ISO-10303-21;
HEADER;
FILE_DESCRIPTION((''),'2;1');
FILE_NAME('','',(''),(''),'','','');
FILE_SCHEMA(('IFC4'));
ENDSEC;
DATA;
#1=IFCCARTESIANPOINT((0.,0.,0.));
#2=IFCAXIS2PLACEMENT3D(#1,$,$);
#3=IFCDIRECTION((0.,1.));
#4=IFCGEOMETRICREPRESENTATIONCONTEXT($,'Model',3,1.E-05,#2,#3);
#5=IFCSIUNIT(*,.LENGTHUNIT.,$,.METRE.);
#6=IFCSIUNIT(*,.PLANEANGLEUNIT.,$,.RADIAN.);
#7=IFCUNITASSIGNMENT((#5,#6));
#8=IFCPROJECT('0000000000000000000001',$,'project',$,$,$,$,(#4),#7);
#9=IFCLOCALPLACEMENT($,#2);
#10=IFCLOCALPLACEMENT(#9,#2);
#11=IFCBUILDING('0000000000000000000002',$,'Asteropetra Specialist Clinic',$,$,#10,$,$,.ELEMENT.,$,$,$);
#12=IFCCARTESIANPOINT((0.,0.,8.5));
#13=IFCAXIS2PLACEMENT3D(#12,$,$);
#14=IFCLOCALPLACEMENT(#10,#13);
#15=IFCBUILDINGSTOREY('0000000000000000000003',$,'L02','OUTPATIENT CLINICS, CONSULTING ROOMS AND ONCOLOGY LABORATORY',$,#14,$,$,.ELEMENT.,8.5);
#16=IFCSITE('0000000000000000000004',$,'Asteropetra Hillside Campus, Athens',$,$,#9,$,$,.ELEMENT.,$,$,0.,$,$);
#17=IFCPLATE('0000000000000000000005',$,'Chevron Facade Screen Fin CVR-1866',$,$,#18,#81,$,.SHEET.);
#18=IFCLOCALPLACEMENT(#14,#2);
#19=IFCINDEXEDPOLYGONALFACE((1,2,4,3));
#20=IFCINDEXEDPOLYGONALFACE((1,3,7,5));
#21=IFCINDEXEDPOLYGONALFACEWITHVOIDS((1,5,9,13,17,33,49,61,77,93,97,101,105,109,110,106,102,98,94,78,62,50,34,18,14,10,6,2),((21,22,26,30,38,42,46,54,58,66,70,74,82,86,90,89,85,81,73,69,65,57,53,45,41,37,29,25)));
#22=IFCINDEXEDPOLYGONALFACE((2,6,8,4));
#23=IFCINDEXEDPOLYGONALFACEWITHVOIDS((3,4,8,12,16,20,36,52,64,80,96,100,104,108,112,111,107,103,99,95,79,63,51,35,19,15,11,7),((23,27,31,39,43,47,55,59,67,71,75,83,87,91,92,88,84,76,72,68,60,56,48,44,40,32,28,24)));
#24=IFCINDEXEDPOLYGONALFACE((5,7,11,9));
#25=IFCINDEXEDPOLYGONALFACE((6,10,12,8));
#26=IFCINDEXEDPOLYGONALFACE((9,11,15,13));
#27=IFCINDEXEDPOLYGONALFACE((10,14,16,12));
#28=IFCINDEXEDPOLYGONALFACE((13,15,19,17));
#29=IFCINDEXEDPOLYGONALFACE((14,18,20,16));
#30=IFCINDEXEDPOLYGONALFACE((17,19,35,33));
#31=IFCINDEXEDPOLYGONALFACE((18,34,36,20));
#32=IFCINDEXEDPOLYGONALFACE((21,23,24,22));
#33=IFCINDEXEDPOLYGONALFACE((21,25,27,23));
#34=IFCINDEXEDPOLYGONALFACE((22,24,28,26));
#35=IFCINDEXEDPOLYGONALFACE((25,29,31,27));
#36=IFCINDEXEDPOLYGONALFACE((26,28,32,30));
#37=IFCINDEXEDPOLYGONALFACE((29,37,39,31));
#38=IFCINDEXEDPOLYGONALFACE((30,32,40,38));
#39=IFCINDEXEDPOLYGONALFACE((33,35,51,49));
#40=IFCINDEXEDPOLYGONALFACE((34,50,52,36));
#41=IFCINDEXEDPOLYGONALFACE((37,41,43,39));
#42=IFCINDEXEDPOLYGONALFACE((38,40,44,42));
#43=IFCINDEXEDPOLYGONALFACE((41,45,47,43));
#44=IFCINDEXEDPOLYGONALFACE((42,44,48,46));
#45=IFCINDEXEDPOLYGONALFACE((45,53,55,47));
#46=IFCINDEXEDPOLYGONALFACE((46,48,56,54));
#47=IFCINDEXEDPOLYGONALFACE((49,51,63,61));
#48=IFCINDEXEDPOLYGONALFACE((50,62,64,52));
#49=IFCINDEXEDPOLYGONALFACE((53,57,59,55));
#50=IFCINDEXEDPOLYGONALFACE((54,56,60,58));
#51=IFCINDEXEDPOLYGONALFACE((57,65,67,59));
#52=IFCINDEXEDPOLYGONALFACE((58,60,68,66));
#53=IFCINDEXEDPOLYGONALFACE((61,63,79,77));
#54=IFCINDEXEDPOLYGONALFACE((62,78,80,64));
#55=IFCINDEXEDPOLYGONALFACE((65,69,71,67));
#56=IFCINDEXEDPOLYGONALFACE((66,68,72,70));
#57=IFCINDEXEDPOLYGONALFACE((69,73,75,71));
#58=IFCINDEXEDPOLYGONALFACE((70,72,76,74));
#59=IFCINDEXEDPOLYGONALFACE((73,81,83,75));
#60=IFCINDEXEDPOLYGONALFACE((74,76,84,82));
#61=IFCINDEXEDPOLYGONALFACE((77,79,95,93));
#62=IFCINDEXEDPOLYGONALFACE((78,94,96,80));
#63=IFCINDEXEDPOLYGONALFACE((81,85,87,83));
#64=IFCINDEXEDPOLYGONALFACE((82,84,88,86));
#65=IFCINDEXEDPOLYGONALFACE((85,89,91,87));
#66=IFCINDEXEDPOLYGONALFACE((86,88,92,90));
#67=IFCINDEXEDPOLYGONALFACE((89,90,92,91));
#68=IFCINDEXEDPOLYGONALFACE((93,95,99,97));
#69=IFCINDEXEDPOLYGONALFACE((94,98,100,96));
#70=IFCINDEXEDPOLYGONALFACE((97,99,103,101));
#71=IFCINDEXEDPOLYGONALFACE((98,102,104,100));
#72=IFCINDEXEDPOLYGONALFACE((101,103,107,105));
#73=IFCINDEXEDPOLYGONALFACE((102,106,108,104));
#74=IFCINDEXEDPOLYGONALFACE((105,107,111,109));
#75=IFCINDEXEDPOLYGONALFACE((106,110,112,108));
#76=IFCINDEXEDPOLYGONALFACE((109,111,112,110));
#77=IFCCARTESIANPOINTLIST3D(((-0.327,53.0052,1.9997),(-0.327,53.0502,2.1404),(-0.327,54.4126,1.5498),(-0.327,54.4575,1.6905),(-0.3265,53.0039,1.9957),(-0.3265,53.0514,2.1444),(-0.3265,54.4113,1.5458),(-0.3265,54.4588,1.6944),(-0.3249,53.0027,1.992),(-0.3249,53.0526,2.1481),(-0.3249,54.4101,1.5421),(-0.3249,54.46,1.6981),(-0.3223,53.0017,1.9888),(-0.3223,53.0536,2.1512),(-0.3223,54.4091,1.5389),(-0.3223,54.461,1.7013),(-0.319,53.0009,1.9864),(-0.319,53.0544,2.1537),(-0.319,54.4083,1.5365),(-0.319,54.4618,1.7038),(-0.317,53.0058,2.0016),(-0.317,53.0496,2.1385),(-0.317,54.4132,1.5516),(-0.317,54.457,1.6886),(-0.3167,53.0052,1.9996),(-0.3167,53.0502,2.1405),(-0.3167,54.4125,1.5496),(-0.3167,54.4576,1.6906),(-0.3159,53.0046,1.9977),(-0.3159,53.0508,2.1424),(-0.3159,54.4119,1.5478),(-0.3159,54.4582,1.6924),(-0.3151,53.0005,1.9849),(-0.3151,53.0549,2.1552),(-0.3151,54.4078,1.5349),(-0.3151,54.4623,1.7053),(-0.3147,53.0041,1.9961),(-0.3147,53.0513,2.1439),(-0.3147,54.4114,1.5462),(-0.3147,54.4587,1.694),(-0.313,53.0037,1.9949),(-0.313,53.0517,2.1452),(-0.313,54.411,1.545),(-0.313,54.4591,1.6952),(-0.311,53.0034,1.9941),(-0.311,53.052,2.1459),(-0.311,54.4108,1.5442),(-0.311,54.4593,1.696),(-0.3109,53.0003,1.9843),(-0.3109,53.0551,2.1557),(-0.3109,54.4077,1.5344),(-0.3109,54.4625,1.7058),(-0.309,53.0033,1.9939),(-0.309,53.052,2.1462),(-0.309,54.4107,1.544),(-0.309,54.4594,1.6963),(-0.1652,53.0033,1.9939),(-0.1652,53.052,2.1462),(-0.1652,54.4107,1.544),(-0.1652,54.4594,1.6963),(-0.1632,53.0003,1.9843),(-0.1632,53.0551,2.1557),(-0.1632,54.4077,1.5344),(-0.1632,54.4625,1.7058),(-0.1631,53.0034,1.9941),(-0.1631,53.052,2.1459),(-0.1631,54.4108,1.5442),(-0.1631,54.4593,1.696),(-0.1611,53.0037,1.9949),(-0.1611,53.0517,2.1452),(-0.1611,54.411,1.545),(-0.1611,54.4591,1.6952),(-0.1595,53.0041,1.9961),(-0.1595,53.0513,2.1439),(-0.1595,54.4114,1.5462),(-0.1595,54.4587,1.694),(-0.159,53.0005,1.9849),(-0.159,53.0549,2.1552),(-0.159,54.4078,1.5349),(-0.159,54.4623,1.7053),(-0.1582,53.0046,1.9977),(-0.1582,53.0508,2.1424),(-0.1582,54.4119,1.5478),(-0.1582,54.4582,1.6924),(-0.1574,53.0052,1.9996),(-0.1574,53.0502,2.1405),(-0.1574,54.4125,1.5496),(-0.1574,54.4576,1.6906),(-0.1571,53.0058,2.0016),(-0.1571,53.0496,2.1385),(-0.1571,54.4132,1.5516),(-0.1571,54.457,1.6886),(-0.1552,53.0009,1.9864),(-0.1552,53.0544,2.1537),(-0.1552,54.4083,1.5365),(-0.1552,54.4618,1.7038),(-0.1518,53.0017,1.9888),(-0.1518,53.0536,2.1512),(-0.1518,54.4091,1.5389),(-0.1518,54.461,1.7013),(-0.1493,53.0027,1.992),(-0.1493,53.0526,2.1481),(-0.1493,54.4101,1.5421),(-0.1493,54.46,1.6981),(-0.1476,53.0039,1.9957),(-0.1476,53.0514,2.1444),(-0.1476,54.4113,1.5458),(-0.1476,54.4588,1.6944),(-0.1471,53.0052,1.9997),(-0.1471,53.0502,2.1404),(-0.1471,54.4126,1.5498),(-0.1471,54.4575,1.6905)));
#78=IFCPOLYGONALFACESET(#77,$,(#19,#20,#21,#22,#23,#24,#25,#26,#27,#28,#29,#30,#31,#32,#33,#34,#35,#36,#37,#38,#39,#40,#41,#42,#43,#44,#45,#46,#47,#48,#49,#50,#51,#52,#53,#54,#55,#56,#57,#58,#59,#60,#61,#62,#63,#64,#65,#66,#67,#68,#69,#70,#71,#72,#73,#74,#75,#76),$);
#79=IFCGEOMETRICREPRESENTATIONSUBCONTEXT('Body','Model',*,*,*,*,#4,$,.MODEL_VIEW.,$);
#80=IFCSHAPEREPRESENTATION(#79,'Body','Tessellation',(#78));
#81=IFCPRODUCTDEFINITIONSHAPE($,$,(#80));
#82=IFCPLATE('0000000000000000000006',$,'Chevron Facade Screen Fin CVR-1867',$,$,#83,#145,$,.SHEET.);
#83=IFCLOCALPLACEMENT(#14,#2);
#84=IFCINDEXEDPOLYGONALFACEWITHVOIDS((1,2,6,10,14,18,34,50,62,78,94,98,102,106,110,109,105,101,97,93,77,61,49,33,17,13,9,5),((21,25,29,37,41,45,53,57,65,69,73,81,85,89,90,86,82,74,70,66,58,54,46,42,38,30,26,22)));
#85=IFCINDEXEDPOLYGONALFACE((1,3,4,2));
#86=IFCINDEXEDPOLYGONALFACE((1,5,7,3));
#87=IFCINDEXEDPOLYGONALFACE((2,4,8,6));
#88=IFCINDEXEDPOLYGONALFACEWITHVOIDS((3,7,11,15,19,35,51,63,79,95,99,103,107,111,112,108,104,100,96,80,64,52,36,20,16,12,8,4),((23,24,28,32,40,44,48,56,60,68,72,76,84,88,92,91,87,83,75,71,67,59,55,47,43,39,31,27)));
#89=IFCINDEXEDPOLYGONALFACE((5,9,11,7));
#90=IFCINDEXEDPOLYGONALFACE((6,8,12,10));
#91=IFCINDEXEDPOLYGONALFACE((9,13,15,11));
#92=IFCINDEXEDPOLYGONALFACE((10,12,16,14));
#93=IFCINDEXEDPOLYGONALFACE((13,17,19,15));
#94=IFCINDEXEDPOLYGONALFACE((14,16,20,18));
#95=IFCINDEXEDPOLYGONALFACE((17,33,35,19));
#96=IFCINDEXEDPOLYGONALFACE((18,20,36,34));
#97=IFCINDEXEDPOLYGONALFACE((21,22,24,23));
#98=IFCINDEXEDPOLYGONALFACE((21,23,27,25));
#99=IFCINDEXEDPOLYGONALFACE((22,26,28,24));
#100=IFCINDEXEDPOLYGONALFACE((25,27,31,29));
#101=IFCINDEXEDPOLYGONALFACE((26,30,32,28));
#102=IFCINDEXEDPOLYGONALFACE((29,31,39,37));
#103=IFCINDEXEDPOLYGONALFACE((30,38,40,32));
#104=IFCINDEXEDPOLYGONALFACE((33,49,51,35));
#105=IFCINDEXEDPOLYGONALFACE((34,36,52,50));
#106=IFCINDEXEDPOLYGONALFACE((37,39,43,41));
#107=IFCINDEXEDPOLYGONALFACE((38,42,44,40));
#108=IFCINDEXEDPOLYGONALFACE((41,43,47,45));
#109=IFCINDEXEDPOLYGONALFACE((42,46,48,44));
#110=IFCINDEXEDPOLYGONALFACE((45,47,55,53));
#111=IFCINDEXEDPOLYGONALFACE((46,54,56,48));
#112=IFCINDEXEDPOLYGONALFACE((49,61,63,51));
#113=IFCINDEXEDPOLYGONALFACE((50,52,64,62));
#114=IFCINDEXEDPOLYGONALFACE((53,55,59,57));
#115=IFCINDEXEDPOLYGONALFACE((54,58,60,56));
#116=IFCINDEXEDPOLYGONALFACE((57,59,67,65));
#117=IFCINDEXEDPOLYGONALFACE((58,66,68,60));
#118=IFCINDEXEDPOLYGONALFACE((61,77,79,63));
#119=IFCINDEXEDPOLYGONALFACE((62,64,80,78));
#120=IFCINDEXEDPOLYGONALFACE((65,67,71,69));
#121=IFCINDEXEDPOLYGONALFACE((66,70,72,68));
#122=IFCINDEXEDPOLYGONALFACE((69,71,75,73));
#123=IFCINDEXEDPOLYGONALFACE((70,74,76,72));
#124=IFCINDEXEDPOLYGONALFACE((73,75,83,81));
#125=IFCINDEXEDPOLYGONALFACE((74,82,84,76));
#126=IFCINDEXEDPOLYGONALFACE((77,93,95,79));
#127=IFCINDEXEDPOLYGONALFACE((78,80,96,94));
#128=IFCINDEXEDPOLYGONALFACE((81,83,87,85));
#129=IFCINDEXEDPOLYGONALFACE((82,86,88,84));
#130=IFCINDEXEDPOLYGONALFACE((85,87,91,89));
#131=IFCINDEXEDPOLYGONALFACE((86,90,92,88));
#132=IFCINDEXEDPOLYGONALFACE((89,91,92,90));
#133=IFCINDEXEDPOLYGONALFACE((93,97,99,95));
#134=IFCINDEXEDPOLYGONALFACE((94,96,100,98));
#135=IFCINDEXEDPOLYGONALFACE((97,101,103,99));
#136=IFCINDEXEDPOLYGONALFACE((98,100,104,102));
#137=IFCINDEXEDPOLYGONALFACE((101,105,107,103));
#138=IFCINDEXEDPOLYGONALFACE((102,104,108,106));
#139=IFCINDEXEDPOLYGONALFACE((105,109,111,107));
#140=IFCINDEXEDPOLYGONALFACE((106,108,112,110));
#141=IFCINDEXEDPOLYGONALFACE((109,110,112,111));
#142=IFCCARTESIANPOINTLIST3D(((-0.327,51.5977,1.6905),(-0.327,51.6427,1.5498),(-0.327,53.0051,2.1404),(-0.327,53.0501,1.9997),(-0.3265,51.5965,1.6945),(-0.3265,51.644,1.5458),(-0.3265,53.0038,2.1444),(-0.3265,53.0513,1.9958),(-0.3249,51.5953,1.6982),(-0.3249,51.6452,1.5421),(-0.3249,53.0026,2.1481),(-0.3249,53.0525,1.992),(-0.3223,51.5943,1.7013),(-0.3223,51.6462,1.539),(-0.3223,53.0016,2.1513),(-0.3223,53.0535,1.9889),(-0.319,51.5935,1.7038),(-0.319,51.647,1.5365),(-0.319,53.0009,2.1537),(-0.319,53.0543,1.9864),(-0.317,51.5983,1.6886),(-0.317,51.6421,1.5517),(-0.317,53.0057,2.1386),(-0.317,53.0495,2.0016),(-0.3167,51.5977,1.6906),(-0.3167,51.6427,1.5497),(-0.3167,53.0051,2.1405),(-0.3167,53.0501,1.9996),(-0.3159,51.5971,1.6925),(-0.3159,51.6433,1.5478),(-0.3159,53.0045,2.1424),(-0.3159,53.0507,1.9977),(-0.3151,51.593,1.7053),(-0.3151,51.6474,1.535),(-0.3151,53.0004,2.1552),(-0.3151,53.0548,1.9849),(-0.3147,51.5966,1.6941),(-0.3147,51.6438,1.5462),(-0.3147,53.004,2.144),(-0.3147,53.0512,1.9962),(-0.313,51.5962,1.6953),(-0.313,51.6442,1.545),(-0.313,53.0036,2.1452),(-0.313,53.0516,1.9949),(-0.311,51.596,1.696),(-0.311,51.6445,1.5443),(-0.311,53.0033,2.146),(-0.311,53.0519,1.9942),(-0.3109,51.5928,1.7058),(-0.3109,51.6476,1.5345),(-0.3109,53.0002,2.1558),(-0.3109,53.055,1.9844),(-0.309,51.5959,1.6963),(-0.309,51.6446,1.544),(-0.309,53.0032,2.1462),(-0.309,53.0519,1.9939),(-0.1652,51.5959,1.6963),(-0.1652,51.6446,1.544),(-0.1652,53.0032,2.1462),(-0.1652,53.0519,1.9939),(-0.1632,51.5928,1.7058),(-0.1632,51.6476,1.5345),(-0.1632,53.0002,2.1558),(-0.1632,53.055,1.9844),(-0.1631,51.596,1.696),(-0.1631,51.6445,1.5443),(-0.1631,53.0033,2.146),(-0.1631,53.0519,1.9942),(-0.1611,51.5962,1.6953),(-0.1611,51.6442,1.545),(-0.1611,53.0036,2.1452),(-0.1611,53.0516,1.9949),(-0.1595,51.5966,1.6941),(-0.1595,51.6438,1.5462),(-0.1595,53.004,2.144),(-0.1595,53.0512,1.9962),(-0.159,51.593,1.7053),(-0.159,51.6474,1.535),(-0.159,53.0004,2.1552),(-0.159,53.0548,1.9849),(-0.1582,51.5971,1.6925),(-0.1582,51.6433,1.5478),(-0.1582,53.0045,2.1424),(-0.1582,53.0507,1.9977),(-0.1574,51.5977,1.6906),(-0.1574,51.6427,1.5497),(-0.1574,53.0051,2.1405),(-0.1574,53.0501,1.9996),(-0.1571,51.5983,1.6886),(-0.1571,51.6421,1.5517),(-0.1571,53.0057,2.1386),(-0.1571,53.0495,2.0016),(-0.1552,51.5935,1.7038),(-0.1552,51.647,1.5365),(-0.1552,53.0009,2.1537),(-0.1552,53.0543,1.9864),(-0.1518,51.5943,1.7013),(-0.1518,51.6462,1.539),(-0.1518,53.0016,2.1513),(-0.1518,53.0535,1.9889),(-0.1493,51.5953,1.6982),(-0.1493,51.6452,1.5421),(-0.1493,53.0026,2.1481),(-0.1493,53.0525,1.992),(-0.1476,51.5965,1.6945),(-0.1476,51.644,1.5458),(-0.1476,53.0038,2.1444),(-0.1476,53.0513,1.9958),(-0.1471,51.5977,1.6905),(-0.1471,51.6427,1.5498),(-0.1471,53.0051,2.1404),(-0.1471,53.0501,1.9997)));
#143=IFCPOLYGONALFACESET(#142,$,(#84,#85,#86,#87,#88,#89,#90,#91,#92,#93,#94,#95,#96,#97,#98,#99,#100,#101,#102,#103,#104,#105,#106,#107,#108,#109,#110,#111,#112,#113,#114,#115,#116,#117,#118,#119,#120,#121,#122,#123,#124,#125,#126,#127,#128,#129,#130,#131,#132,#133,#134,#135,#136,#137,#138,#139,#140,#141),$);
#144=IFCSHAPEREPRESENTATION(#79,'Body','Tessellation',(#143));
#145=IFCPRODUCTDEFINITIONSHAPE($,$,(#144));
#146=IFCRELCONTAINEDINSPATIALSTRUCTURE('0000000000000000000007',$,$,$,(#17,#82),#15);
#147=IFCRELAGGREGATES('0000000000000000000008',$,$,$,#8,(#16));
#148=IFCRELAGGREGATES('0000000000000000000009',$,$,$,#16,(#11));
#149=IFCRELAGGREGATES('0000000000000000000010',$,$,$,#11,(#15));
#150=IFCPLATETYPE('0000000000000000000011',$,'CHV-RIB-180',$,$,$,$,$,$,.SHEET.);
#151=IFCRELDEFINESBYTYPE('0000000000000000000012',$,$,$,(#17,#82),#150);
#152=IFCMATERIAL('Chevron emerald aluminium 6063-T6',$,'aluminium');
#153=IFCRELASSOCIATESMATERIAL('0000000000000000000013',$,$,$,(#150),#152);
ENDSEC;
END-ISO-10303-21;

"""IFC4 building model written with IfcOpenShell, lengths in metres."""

from ifc_helpers import new_model, si_unit, direction, frame, origin, origin_2d, place, context, subcontext, project, spatial, hollow_rectangle, extrude, material, material_profile, profile_set, type_object, element, save


model = new_model("IFC4")

# Units and contexts
model_context = context("Model", 3, precision=1e-05, world=origin(), true_north=direction((0.0, 1.0)))
body_context = subcontext(model_context, "Body", "Model", "MODEL_VIEW")
ifc_project = project(units=[si_unit("LENGTHUNIT", "METRE"), si_unit("PLANEANGLEUNIT", "RADIAN")], contexts=[model_context])

# Site, building, storey
site_placement = place(None, origin())
site = spatial("IfcSite", under=ifc_project, at=site_placement, Name="Asteropetra Hillside Campus, Athens", CompositionType="ELEMENT", RefElevation=0.0)
building_placement = place(site_placement, origin())
building = spatial("IfcBuilding", under=site, at=building_placement, Name="Asteropetra Specialist Clinic", CompositionType="ELEMENT")
storey_placement = place(building_placement, frame((0.0, 0.0, 8.5)))
storey = spatial("IfcBuildingStorey", under=building, at=storey_placement, Name="L02", Description="OUTPATIENT CLINICS, CONSULTING ROOMS AND ONCOLOGY LABORATORY", CompositionType="ELEMENT", Elevation=8.5)

# Plates
ifc_material = material(Name="Chevron emerald aluminium 6063-T6", Category="aluminium")
ifc_material_profile = material_profile(ifc_material, hollow_rectangle(XDim=0.1799, YDim=0.1799, WallThickness=0.01, InnerFilletRadius=0.0081, OuterFilletRadius=0.0161, at=origin_2d()), Name="SHS 180x180x10.0")
ifc_profile_set = profile_set([ifc_material_profile], Name="Chevron emerald aluminium 6063-T6")
plate_type = type_object("IfcPlateType", Name="CHV-RIB-180", PredefinedType="SHEET", material=ifc_profile_set)
for number, where, z_axis, x_axis, name in (
    (1, (-0.2371, 54.4351, 1.6201), (0.0, -0.95251, 0.304506), (1.0, 0.0, 0.0), "Chevron Facade Screen Fin CVR-1866"),
    (2, (-0.2371, 53.0276, 2.0701), (0.0, -0.95251, -0.304506), (1.0, 0.0, 0.0), "Chevron Facade Screen Fin CVR-1867"),
):
    element("IfcPlate", number, at=place(storey_placement, frame(where, z_axis=z_axis, x_axis=x_axis)), inside=storey, type_object=plate_type, Name=name, PredefinedType="SHEET", context=body_context, shape_type="SweptSolid", body=[
        extrude(hollow_rectangle(XDim=0.1799, YDim=0.1799, WallThickness=0.01, InnerFilletRadius=0.0081, OuterFilletRadius=0.0161, at=origin_2d()), origin(), (0.0, 0.0, 1.0), 1.4775),
    ])

save(model, "model.ifc")
